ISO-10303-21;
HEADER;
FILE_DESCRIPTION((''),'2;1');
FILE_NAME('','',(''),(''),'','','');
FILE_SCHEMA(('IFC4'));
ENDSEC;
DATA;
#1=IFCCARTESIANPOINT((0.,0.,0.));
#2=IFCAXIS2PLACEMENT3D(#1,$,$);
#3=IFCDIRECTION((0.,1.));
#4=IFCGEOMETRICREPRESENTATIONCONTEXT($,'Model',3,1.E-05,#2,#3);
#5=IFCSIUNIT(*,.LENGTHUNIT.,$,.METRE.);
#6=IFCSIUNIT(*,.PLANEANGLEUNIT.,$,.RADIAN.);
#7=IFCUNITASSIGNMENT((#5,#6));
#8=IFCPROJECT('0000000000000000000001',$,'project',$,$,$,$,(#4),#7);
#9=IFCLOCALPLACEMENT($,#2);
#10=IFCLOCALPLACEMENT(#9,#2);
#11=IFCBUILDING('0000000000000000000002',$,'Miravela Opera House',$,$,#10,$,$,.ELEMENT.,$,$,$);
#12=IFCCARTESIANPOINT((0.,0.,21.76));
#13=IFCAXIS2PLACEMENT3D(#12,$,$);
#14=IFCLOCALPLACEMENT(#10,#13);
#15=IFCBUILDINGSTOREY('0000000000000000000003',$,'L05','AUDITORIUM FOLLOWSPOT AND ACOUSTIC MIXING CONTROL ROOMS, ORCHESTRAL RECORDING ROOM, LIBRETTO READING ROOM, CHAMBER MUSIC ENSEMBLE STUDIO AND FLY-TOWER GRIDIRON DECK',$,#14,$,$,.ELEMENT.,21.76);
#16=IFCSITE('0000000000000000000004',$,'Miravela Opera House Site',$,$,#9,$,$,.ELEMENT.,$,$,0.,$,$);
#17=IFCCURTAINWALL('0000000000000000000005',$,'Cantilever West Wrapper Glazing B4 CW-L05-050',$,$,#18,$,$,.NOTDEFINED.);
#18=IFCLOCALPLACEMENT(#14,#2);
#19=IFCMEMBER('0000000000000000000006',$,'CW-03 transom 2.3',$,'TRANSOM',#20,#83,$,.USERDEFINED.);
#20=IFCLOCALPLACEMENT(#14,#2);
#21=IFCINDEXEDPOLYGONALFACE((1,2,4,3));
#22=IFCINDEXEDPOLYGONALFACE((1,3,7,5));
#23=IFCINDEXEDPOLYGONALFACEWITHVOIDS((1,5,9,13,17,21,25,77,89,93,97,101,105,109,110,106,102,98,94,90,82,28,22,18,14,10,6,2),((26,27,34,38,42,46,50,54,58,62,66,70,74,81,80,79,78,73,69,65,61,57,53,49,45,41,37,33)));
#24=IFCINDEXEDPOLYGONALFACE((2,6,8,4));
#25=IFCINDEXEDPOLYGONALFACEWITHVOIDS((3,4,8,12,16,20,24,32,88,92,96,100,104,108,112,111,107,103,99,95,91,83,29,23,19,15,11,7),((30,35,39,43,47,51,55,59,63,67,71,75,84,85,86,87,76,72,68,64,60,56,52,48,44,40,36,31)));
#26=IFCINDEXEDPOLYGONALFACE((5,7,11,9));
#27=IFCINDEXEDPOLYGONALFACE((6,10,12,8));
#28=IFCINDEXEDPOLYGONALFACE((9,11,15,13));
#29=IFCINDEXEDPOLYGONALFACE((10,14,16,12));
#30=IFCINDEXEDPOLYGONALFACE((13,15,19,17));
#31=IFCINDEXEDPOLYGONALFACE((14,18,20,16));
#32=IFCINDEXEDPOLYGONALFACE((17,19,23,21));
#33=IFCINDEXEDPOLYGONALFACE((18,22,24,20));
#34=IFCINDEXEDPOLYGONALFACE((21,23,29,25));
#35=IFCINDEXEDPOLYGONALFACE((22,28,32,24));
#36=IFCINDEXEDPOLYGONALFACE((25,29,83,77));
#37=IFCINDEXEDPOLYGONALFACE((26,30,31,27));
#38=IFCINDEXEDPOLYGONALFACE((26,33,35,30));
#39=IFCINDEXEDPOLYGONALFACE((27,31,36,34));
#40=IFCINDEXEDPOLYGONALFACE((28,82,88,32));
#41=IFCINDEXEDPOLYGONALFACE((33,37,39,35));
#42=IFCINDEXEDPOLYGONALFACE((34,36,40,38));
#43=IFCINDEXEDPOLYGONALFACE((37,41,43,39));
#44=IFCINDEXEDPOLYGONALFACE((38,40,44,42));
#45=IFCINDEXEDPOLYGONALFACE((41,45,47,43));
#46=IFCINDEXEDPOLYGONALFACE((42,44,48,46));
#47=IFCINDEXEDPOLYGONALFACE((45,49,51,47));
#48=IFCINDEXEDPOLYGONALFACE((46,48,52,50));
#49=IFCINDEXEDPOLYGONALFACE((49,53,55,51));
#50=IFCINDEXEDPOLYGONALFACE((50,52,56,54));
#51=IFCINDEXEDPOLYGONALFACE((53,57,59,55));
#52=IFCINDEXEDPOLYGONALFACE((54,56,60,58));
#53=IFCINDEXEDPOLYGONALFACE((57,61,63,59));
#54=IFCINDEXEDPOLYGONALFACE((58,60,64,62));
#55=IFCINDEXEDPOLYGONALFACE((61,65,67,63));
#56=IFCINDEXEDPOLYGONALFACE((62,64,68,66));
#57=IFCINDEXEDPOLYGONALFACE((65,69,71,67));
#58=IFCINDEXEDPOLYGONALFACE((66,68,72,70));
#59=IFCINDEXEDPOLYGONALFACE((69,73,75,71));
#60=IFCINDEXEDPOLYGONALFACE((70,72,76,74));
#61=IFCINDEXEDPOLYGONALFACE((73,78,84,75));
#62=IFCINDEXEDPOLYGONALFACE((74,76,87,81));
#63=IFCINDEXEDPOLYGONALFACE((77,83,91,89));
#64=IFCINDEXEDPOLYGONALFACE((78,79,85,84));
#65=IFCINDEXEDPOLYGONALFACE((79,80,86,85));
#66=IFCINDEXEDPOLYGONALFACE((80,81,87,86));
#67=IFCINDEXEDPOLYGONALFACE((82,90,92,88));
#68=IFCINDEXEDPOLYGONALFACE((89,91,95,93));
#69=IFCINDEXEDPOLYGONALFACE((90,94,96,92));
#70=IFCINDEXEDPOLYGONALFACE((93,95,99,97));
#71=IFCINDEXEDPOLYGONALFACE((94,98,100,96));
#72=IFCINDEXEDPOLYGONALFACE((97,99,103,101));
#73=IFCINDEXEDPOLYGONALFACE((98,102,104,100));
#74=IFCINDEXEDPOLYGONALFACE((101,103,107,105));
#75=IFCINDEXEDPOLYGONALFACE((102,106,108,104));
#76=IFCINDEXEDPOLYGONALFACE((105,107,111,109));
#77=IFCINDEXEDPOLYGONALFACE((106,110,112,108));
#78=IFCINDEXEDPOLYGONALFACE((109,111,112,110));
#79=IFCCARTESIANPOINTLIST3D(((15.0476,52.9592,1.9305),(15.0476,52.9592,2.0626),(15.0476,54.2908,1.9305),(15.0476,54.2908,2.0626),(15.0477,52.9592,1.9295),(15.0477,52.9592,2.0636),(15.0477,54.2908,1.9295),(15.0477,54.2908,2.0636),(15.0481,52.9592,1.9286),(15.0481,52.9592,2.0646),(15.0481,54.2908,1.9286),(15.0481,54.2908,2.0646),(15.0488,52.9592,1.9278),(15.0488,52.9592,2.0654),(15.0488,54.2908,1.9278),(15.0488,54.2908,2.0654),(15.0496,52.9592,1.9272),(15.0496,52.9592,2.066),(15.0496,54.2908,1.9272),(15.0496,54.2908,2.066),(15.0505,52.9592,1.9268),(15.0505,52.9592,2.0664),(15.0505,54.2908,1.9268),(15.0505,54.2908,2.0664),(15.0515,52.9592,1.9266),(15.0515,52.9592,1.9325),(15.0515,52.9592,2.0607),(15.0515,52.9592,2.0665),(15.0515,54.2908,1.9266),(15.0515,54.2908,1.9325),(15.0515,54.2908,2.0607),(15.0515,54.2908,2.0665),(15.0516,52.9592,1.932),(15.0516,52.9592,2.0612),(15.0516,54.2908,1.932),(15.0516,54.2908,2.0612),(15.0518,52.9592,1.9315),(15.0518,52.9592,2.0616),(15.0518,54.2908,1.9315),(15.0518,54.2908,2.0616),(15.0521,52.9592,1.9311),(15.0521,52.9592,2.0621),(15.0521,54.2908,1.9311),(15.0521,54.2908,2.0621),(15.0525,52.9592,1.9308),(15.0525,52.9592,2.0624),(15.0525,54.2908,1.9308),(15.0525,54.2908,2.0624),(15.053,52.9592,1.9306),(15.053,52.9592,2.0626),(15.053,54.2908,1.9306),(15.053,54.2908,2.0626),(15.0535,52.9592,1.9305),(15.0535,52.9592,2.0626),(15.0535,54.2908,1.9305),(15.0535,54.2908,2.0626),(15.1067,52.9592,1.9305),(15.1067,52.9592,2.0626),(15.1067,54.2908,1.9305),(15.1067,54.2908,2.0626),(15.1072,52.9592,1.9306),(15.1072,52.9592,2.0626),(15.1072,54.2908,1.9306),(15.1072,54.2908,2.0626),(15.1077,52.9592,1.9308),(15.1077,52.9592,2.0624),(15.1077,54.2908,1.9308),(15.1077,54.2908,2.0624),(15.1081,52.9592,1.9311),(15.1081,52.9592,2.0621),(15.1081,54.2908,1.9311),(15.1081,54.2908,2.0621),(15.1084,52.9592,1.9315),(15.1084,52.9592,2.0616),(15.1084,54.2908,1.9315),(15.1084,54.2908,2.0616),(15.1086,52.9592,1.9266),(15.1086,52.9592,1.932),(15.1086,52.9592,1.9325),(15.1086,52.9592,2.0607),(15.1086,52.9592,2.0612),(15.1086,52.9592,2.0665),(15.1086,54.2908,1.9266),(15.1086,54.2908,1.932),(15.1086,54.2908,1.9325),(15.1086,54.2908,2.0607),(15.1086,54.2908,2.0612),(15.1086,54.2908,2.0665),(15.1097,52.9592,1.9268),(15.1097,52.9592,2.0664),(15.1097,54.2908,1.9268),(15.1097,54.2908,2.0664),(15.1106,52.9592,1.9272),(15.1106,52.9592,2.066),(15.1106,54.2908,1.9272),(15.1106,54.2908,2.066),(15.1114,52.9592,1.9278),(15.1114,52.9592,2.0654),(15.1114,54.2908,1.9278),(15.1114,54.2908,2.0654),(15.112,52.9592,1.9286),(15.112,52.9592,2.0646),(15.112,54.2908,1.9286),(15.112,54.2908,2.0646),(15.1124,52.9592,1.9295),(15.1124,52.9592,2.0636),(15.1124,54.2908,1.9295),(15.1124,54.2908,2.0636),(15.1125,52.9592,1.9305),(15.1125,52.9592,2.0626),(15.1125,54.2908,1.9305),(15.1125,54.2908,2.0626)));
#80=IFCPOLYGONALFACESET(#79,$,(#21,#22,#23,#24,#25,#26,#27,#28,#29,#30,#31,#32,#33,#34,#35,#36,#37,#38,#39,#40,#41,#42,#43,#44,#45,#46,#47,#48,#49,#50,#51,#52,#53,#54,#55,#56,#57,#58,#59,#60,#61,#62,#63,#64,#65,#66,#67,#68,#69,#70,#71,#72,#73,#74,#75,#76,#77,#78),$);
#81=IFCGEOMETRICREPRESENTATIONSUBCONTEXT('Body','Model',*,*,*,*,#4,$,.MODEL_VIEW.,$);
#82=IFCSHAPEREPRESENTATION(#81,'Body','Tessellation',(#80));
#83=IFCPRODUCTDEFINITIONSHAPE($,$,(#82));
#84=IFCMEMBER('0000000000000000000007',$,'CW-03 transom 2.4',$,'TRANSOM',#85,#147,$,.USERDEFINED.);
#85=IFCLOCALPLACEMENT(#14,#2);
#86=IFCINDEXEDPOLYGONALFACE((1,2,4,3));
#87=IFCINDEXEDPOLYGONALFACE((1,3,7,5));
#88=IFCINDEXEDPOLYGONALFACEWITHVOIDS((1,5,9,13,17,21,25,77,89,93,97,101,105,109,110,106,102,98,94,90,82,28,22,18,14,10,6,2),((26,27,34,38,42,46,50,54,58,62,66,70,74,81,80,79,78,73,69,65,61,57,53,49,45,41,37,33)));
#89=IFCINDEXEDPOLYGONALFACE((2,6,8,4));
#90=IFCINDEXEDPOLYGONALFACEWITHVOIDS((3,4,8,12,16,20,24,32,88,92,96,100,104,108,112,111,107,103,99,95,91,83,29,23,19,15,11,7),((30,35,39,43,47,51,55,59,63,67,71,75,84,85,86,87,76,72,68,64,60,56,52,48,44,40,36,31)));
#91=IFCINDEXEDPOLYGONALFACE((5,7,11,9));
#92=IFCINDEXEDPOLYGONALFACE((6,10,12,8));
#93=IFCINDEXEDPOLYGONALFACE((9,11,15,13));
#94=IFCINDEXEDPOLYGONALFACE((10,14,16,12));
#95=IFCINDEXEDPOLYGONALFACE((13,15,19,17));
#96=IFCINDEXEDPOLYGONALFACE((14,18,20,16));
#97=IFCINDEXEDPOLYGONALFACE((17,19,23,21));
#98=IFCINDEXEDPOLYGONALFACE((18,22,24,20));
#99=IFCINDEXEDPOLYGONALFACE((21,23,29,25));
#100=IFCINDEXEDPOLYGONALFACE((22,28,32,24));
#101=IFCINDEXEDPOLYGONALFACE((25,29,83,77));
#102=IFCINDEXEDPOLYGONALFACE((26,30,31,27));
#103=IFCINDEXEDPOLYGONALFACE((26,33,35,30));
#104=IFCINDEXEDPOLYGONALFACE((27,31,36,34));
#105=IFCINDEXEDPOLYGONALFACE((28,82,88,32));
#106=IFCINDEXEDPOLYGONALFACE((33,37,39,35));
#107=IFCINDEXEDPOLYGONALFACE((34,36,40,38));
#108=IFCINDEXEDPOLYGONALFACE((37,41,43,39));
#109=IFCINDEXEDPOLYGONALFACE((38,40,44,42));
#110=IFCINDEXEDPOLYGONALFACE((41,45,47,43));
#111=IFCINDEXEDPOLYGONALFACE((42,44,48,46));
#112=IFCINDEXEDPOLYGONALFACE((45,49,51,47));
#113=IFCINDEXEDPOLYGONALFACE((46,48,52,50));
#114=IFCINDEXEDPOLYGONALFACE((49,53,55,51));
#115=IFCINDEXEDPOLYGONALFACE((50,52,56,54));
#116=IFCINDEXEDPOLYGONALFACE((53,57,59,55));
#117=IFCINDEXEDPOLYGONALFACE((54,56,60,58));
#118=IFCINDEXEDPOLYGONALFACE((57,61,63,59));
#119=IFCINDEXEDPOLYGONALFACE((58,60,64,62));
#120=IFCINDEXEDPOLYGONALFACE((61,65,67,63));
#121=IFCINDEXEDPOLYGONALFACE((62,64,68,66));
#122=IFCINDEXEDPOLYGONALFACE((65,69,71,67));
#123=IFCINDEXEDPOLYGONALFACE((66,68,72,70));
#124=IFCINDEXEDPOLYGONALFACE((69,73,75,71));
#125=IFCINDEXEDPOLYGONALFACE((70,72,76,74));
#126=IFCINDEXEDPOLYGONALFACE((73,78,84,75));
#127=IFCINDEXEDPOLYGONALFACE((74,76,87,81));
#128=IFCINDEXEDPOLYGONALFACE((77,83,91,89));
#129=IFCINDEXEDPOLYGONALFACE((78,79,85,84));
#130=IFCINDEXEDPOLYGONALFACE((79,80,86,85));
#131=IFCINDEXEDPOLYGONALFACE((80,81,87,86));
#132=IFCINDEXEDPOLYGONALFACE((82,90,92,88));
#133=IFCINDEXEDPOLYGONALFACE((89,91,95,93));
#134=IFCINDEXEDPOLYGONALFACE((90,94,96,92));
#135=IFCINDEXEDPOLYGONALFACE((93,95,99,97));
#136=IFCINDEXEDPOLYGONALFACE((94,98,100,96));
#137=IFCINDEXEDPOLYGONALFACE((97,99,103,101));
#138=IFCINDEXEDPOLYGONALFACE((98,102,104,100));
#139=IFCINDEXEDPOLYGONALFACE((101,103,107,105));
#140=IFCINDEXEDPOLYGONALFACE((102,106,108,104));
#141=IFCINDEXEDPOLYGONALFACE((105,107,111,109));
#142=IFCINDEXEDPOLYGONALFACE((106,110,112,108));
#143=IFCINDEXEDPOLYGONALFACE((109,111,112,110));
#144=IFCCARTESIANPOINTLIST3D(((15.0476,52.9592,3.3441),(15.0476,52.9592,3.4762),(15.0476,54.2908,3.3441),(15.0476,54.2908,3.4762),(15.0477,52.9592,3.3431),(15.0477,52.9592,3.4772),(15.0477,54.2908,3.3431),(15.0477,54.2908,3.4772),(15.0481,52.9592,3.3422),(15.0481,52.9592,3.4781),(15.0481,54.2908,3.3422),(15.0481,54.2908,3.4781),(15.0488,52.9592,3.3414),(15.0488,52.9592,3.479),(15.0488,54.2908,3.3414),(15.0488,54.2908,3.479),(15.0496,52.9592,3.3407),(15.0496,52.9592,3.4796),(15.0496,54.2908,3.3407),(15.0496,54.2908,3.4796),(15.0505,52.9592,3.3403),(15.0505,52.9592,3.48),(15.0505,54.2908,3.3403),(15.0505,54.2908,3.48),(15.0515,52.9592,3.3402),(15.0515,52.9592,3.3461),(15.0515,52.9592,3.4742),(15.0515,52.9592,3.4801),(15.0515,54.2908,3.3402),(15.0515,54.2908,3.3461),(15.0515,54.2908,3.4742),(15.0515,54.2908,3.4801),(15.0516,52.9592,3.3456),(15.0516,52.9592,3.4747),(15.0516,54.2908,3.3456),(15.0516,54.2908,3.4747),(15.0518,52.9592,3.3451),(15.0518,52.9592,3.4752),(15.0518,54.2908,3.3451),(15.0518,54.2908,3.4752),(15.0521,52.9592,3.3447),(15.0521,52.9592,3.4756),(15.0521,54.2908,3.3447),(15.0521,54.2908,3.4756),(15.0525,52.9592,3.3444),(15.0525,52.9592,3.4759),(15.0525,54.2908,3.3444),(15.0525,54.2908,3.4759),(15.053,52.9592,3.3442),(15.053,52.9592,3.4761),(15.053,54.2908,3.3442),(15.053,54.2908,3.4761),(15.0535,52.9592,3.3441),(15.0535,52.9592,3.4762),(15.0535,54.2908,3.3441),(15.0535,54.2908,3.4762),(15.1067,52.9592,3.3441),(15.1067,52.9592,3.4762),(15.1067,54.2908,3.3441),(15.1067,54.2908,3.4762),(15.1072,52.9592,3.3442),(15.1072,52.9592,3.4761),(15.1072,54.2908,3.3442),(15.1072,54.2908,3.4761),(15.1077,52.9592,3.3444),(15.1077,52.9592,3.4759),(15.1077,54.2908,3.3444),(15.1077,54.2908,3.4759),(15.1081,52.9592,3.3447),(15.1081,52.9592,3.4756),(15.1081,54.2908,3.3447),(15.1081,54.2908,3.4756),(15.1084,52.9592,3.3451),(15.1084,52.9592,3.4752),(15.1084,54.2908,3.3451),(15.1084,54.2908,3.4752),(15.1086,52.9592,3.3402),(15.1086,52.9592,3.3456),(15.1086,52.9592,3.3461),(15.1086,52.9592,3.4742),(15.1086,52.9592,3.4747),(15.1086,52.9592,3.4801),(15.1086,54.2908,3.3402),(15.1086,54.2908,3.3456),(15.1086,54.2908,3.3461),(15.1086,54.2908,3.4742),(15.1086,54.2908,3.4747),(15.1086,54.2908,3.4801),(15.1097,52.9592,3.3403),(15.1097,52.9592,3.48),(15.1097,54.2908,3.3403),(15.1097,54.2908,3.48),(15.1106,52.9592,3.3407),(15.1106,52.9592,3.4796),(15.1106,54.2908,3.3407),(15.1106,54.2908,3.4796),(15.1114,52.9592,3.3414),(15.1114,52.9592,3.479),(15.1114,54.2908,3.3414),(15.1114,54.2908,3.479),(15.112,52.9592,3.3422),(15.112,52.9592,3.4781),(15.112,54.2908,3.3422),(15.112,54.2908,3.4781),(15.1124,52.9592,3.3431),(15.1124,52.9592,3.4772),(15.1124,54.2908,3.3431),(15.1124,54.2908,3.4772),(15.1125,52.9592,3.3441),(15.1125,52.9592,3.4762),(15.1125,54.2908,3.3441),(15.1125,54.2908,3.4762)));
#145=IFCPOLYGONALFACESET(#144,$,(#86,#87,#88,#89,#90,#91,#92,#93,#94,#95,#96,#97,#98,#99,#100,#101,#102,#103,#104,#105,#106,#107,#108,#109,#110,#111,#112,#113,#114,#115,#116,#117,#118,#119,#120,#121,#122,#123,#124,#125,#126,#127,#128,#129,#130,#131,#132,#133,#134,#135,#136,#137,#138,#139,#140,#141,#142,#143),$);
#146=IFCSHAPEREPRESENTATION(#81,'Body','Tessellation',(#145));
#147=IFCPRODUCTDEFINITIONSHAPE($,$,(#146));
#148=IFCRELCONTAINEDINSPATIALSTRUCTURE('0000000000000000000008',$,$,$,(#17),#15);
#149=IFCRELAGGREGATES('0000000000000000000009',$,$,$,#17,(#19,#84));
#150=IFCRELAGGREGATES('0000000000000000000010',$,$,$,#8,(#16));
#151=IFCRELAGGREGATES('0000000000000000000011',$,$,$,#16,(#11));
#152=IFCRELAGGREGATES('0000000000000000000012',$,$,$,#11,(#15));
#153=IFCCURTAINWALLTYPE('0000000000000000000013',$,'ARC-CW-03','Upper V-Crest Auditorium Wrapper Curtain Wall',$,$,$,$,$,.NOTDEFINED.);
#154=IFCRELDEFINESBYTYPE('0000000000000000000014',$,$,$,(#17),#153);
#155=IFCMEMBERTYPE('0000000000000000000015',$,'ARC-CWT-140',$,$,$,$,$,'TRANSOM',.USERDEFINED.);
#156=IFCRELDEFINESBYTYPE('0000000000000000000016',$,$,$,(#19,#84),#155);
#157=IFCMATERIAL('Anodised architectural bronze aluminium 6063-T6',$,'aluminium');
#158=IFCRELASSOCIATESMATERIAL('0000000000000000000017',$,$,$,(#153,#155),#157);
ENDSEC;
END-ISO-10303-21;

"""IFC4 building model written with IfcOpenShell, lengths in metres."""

from ifc_helpers import new_model, si_unit, direction, frame, origin, origin_2d, place, context, subcontext, project, spatial, hollow_rectangle, extrude, material, material_profile, profile_set, type_object, element, aggregate, save


model = new_model("IFC4")

# Units and contexts
model_context = context("Model", 3, precision=1e-05, world=origin(), true_north=direction((0.0, 1.0)))
body_context = subcontext(model_context, "Body", "Model", "MODEL_VIEW")
ifc_project = project(units=[si_unit("LENGTHUNIT", "METRE"), si_unit("PLANEANGLEUNIT", "RADIAN")], contexts=[model_context])

# Site, building, storey
site_placement = place(None, origin())
site = spatial("IfcSite", under=ifc_project, at=site_placement, Name="Miravela Opera House Site", CompositionType="ELEMENT", RefElevation=0.0)
building_placement = place(site_placement, origin())
building = spatial("IfcBuilding", under=site, at=building_placement, Name="Miravela Opera House", CompositionType="ELEMENT")
storey_placement = place(building_placement, frame((0.0, 0.0, 21.76)))
storey = spatial("IfcBuildingStorey", under=building, at=storey_placement, Name="L05", Description="AUDITORIUM FOLLOWSPOT AND ACOUSTIC MIXING CONTROL ROOMS, ORCHESTRAL RECORDING ROOM, LIBRETTO READING ROOM, CHAMBER MUSIC ENSEMBLE STUDIO AND FLY-TOWER GRIDIRON DECK", CompositionType="ELEMENT", Elevation=21.76)

# Curtain wall, members
ifc_material_1 = material(Name="Anodised architectural bronze aluminium 6063-T6", Category="aluminium")
curtain_wall_type = type_object("IfcCurtainWallType", Name="ARC-CW-03", Description="Upper V-Crest Auditorium Wrapper Curtain Wall", PredefinedType="NOTDEFINED", material=ifc_material_1)
curtain_wall_placement = place(storey_placement, origin())
curtain_wall = element("IfcCurtainWall", 1, at=curtain_wall_placement, inside=storey, type_object=curtain_wall_type, Name="Cantilever West Wrapper Glazing B4 CW-L05-050", PredefinedType="NOTDEFINED")
ifc_material_profile_1 = material_profile(ifc_material_1, hollow_rectangle(XDim=0.0649, YDim=0.1399, WallThickness=0.0039, InnerFilletRadius=0.002, OuterFilletRadius=0.0039, at=origin_2d()), Name="CWT-65X140")
ifc_profile_set_1 = profile_set([ifc_material_profile_1])
member_type_1 = type_object("IfcMemberType", Name="ARC-CWT-140", ElementType="TRANSOM", PredefinedType="USERDEFINED", material=ifc_profile_set_1)
member_1_placement = place(storey_placement, frame((15.0801, 52.9592, 1.9966), z_axis=(0.0, 1.0, 0.0), x_axis=(-1.0, 0.0, 0.0)))
member_1 = element("IfcMember", 2, at=member_1_placement, type_object=member_type_1, Name="CW-03 transom 2.3", ObjectType="TRANSOM", PredefinedType="USERDEFINED", context=body_context, shape_type="SweptSolid", body=[
    extrude(hollow_rectangle(XDim=0.0649, YDim=0.1399, WallThickness=0.0039, InnerFilletRadius=0.002, OuterFilletRadius=0.0039, at=origin_2d()), origin(), (0.0, 0.0, 1.0), 1.3315),
])
member_2_placement = place(storey_placement, frame((15.0801, 52.9592, 3.4102), z_axis=(0.0, 1.0, 0.0), x_axis=(-1.0, 0.0, 0.0)))
member_2 = element("IfcMember", 3, at=member_2_placement, type_object=member_type_1, Name="CW-03 transom 2.4", ObjectType="TRANSOM", PredefinedType="USERDEFINED", context=body_context, shape_type="SweptSolid", body=[
    extrude(hollow_rectangle(XDim=0.0649, YDim=0.1399, WallThickness=0.0039, InnerFilletRadius=0.002, OuterFilletRadius=0.0039, at=origin_2d()), origin(), (0.0, 0.0, 1.0), 1.3315),
])
aggregate(curtain_wall, [member_1, member_2])

save(model, "model.ifc")
